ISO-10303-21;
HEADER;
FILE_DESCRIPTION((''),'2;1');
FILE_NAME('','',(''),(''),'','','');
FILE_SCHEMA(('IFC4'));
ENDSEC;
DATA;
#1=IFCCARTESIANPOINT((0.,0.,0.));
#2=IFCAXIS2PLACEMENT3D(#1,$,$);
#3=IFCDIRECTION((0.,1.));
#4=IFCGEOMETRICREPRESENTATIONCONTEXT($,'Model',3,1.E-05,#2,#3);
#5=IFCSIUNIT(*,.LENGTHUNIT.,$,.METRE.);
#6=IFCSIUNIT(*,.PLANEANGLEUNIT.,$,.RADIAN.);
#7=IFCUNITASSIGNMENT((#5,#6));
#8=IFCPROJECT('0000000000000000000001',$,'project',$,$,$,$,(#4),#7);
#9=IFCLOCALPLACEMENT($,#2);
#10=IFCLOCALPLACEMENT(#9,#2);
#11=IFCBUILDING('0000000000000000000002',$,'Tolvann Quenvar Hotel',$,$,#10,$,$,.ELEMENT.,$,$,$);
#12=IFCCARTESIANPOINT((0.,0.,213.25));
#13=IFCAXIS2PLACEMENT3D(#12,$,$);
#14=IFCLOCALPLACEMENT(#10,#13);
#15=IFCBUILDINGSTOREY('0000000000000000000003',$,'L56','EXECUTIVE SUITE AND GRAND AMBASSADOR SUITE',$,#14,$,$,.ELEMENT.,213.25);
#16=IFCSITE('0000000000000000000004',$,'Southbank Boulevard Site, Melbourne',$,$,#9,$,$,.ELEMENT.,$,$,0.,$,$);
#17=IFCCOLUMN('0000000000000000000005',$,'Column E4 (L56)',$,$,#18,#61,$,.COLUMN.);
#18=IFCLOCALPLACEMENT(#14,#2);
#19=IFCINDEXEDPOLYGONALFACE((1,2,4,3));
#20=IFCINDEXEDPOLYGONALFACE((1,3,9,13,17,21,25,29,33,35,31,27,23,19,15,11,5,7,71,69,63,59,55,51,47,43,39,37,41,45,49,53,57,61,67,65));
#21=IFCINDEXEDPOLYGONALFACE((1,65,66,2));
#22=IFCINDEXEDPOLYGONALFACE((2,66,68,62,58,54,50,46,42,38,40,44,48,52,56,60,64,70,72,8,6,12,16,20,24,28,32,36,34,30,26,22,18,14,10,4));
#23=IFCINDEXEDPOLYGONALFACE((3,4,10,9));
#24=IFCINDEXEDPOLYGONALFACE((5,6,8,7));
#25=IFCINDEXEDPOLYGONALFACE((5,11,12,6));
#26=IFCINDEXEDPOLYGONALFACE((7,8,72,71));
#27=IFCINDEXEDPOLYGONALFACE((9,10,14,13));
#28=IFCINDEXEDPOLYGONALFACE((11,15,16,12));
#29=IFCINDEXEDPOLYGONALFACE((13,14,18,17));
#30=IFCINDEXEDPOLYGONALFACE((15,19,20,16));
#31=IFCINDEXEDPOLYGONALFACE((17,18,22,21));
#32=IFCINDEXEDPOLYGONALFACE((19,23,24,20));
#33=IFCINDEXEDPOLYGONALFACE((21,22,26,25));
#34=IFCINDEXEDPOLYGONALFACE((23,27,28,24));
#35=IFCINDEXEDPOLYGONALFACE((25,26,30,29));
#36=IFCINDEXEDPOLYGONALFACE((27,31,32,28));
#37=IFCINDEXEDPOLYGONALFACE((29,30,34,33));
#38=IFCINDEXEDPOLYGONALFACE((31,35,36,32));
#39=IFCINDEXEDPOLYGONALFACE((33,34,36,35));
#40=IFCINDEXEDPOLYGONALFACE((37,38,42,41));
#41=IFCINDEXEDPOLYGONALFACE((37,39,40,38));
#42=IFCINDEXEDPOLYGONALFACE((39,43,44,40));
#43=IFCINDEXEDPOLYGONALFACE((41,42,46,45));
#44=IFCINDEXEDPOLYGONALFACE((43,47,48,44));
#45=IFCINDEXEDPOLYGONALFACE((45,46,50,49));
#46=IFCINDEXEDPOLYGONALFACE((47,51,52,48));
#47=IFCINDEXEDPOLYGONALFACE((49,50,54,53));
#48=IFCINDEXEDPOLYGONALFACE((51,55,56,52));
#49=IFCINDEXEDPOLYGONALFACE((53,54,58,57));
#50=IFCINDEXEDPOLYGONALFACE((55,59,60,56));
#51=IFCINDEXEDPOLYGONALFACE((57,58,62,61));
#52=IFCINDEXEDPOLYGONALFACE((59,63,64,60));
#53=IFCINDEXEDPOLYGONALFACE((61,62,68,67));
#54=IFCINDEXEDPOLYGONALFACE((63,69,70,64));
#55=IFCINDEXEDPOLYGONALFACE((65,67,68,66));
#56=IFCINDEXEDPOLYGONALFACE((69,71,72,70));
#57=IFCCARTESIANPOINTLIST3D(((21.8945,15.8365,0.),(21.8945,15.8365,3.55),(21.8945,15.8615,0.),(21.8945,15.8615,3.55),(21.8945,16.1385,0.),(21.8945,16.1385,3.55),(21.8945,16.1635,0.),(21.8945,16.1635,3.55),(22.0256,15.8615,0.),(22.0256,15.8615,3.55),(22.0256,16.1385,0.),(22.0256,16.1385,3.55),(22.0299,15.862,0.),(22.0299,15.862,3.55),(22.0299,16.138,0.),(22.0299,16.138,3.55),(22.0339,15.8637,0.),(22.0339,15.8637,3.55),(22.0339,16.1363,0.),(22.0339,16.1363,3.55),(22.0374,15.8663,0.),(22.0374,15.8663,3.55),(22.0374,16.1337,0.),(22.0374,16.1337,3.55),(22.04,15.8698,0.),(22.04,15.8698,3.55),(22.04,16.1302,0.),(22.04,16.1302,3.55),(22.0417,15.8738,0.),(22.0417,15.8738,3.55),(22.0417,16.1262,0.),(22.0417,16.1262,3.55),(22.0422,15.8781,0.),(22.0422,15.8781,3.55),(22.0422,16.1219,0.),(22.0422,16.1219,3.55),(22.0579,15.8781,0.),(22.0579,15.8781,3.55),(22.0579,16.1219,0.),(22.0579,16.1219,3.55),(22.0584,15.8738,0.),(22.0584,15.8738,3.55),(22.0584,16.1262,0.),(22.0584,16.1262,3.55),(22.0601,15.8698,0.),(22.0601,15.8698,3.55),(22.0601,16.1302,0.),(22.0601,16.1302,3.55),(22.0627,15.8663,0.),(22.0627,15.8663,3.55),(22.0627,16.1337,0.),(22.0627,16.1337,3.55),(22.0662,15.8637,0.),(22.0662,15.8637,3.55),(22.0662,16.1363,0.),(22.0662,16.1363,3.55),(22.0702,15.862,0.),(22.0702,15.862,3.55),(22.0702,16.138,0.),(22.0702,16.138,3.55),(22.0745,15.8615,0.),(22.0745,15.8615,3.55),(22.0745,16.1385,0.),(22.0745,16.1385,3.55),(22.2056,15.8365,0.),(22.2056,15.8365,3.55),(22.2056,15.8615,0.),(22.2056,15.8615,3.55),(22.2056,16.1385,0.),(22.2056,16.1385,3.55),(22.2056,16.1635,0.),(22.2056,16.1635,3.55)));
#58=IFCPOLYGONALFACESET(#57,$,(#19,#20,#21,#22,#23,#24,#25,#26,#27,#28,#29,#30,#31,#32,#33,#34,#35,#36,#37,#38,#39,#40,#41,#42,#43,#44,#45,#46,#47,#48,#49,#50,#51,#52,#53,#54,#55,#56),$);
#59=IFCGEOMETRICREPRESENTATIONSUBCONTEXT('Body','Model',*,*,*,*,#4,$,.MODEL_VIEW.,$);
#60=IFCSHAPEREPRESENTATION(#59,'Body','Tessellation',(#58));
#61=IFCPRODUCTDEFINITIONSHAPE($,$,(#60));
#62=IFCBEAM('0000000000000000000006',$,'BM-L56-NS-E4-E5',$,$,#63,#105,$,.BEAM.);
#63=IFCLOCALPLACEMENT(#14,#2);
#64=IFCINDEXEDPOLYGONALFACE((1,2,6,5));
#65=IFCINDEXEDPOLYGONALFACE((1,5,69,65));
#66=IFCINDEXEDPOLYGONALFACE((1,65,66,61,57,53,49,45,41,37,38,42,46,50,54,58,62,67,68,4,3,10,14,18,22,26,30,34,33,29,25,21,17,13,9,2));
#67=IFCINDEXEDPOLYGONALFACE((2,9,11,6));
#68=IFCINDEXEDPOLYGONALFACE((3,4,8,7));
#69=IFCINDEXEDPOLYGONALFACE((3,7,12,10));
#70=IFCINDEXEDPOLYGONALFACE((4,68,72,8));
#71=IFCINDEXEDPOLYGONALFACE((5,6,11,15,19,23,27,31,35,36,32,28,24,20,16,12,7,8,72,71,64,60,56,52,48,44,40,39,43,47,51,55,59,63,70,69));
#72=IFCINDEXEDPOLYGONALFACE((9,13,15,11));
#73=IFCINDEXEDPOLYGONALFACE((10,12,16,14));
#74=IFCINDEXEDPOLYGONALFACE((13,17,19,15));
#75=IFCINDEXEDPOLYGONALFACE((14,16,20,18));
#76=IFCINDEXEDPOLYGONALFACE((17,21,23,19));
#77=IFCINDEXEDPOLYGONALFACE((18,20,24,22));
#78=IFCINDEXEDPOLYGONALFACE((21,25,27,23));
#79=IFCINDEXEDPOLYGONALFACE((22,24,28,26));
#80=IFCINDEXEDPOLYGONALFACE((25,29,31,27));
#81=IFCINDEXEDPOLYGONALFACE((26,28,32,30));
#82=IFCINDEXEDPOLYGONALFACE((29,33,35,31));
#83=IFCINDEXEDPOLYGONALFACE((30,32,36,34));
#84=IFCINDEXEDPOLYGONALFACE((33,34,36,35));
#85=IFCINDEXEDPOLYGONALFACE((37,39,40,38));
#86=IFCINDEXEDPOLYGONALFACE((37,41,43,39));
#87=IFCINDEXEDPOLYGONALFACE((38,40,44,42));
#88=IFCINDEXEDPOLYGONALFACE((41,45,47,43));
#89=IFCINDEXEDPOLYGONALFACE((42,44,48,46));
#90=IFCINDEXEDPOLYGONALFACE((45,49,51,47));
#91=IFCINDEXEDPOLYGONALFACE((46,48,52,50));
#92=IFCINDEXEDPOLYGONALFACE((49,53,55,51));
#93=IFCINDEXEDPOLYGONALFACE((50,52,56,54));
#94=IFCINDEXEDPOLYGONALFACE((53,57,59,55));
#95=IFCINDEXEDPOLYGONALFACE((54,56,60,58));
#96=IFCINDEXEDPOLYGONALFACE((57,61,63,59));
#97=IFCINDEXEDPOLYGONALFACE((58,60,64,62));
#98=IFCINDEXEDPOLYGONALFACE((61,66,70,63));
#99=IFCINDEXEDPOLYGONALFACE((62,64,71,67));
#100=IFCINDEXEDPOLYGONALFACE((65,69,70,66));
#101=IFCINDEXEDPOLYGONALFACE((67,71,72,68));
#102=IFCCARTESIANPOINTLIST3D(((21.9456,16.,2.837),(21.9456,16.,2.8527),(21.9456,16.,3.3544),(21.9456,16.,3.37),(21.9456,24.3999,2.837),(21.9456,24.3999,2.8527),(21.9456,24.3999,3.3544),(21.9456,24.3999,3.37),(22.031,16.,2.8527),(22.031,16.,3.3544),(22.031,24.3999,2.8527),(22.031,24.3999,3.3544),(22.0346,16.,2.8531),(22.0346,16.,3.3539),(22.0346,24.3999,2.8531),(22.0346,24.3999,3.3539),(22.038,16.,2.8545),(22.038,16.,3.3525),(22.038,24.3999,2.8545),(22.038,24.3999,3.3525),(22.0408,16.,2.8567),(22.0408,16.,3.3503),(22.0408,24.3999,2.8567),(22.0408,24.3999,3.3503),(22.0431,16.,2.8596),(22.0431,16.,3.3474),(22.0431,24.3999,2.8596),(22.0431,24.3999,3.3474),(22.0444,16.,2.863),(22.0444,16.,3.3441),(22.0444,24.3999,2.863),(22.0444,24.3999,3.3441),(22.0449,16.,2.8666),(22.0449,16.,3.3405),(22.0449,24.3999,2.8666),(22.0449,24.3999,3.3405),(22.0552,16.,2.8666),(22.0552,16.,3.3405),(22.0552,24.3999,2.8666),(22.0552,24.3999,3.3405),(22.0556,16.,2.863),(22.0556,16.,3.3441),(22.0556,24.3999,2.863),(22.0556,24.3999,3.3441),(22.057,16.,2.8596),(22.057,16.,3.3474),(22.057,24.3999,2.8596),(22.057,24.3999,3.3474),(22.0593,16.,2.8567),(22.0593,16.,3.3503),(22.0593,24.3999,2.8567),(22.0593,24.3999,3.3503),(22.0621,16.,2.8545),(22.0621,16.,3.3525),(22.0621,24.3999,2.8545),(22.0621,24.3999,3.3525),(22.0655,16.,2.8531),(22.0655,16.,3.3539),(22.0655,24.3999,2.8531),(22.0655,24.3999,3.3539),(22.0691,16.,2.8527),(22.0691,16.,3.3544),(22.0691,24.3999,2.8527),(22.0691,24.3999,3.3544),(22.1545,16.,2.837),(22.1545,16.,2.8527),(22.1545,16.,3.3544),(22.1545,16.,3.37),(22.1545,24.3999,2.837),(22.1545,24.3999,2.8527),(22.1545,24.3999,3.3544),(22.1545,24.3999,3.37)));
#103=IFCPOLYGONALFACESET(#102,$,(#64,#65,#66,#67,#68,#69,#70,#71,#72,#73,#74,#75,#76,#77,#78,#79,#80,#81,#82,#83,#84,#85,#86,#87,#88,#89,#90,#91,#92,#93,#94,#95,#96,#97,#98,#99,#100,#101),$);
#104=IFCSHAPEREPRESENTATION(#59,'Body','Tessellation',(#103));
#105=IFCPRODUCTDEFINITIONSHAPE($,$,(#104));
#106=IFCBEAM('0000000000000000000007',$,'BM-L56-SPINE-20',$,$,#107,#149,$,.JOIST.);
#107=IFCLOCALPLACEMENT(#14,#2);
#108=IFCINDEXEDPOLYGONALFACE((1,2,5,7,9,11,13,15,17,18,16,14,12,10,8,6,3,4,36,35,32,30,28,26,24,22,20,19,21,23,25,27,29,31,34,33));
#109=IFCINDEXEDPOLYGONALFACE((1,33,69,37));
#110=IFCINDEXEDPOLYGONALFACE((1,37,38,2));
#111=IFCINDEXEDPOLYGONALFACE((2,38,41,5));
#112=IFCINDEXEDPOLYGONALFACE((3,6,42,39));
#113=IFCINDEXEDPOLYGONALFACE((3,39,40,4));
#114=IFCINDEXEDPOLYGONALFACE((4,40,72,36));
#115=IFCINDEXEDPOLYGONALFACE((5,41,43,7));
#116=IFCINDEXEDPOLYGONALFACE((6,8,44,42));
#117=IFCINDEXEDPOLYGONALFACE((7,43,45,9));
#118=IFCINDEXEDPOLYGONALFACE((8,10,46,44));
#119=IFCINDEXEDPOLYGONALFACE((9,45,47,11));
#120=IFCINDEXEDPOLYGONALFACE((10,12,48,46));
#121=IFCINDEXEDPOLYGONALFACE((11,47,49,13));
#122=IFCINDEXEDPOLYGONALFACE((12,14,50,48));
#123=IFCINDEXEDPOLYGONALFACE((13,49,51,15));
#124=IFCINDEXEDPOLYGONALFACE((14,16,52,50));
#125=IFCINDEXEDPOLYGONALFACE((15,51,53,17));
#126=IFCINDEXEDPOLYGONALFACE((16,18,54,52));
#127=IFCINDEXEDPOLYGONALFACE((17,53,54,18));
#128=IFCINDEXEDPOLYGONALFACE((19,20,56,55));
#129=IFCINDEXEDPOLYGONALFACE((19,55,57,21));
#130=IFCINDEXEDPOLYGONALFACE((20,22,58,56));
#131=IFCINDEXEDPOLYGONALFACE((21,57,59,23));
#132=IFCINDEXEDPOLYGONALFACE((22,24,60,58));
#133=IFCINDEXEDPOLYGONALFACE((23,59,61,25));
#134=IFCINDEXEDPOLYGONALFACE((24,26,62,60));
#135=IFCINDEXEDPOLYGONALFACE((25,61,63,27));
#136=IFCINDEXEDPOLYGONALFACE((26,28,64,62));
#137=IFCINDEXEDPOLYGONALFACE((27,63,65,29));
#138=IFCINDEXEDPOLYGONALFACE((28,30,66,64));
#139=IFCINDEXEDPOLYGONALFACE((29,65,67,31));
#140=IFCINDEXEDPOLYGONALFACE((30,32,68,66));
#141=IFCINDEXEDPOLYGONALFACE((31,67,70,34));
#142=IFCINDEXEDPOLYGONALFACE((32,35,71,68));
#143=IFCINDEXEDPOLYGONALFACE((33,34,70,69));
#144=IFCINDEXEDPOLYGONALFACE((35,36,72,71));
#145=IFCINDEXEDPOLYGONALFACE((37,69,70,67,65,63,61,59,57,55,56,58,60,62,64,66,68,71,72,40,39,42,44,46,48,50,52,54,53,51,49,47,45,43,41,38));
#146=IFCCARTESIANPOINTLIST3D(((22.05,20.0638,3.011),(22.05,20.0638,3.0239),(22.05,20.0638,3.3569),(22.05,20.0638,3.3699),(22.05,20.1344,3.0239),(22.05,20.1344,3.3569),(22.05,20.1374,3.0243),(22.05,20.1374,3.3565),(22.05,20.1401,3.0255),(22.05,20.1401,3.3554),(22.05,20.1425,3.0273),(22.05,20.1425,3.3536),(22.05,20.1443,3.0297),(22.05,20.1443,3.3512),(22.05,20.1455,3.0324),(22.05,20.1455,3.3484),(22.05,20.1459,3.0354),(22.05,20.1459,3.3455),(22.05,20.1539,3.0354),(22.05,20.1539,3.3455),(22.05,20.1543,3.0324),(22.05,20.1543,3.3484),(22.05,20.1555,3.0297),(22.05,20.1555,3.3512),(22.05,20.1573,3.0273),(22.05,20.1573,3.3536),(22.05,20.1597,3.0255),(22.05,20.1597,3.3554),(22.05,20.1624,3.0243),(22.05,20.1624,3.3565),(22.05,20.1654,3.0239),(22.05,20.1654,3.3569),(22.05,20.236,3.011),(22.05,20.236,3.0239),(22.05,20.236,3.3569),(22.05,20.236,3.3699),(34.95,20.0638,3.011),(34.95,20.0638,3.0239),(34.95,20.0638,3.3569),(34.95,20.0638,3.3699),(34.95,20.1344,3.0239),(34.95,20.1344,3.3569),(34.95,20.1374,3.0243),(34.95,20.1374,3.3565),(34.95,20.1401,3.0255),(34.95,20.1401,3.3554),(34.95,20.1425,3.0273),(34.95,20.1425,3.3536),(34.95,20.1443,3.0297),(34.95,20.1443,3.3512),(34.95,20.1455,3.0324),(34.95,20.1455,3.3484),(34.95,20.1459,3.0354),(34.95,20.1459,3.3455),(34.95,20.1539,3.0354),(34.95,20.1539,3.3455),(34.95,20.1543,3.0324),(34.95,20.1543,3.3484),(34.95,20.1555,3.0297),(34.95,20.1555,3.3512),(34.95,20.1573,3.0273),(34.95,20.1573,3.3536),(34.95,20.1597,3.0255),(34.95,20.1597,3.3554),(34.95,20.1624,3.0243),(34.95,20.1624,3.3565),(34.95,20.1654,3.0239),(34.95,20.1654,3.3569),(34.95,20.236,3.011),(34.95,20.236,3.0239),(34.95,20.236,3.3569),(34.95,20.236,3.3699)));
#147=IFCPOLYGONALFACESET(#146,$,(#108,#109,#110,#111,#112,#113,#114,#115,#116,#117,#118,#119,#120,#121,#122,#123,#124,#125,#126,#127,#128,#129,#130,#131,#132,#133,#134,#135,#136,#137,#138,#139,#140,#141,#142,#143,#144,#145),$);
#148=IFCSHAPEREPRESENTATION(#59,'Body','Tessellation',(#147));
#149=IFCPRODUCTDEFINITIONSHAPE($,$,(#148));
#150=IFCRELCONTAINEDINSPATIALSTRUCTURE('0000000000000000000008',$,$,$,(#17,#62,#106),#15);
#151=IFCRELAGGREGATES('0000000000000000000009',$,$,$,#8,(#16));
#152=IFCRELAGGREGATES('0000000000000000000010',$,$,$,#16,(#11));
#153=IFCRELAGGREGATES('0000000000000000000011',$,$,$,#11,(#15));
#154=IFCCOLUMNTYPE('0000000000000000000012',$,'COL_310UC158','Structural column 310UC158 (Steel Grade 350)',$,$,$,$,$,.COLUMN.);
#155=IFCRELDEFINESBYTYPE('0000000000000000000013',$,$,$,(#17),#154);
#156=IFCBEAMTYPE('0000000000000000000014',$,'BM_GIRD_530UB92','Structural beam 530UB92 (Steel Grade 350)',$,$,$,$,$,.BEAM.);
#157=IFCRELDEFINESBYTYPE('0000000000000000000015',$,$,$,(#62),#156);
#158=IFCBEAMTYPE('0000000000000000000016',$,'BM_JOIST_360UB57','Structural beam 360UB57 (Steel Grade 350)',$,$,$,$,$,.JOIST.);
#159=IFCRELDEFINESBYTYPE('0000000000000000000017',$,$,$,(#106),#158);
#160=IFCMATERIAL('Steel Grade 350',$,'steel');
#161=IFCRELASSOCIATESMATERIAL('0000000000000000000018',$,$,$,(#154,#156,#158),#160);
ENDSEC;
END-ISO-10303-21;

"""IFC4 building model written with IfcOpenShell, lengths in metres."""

from ifc_helpers import new_model, si_unit, direction, frame, origin, origin_2d, place, context, subcontext, project, spatial, i_section, extrude, source, transform, mapped, material, material_profile, profile_set, type_object, type_shapes, element, save


model = new_model("IFC4")

# Units and contexts
model_context = context("Model", 3, precision=1e-05, world=origin(), true_north=direction((0.0, 1.0)))
body_context = subcontext(model_context, "Body", "Model", "MODEL_VIEW")
ifc_project = project(units=[si_unit("LENGTHUNIT", "METRE"), si_unit("PLANEANGLEUNIT", "RADIAN")], contexts=[model_context])

# Site, building, storey
site_placement = place(None, origin())
site = spatial("IfcSite", under=ifc_project, at=site_placement, Name="Southbank Boulevard Site, Melbourne", CompositionType="ELEMENT", RefElevation=0.0)
building_placement = place(site_placement, origin())
building = spatial("IfcBuilding", under=site, at=building_placement, Name="Tolvann Quenvar Hotel", CompositionType="ELEMENT")
storey_placement = place(building_placement, frame((0.0, 0.0, 213.25)))
storey = spatial("IfcBuildingStorey", under=building, at=storey_placement, Name="L56", Description="EXECUTIVE SUITE AND GRAND AMBASSADOR SUITE", CompositionType="ELEMENT", Elevation=213.25)

# Column
ifc_material_1 = material(Name="Steel Grade 350", Category="steel")
ifc_material_profile_1 = material_profile(ifc_material_1, i_section(OverallWidth=0.311, OverallDepth=0.3269, WebThickness=0.0156, FlangeThickness=0.0249, FilletRadius=0.0166, at=origin_2d()), Name="310UC158")
ifc_profile_set_1 = profile_set([ifc_material_profile_1], Name="Steel Grade 350")
column_type = type_object("IfcColumnType", Name="COL_310UC158", Description="Structural column 310UC158 (Steel Grade 350)", PredefinedType="COLUMN", material=ifc_profile_set_1)
shared_shape_1 = source(origin(), body_context, "Body", "SweptSolid", [
    extrude(i_section(OverallWidth=0.311, OverallDepth=0.3269, WebThickness=0.0156, FlangeThickness=0.0249, FilletRadius=0.0166, at=origin_2d()), origin(), (0.0, 0.0, 1.0), 3.55),
])
type_shapes(column_type, [shared_shape_1])
column_placement = place(storey_placement, frame((22.05, 16.0, 0.0), z_axis=(0.0, 0.0, 1.0), x_axis=(1.0, 0.0, 0.0)))
element("IfcColumn", 1, at=column_placement, inside=storey, type_object=column_type, Name="Column E4 (L56)", PredefinedType="COLUMN", context=body_context, shape_type="MappedRepresentation", body=[
    mapped(shared_shape_1, transform((0.0, 0.0, 0.0), x_axis=(1.0, 0.0, 0.0), y_axis=(0.0, 1.0, 0.0), z_axis=(0.0, 0.0, 1.0), scale=1.0)),
])

# Beams
ifc_material_profile_2 = material_profile(ifc_material_1, i_section(OverallWidth=0.209, OverallDepth=0.533, WebThickness=0.0103, FlangeThickness=0.0156, FilletRadius=0.0139, at=origin_2d()), Name="530UB92")
ifc_profile_set_2 = profile_set([ifc_material_profile_2], Name="Steel Grade 350")
beam_type_1 = type_object("IfcBeamType", Name="BM_GIRD_530UB92", Description="Structural beam 530UB92 (Steel Grade 350)", PredefinedType="BEAM", material=ifc_profile_set_2)
shared_shape_2 = source(origin(), body_context, "Body", "SweptSolid", [
    extrude(i_section(OverallWidth=0.209, OverallDepth=0.533, WebThickness=0.0103, FlangeThickness=0.0156, FilletRadius=0.0139, at=origin_2d()), origin(), (0.0, 0.0, 1.0), 8.3999),
])
type_shapes(beam_type_1, [shared_shape_2])
beam_1_placement = place(storey_placement, frame((22.05, 16.0, 3.1035), z_axis=(0.0, 1.0, 0.0), x_axis=(-1.0, 0.0, 0.0)))
element("IfcBeam", 2, at=beam_1_placement, inside=storey, type_object=beam_type_1, Name="BM-L56-NS-E4-E5", PredefinedType="BEAM", context=body_context, shape_type="MappedRepresentation", body=[
    mapped(shared_shape_2, transform((0.0, 0.0, 0.0), x_axis=(1.0, 0.0, 0.0), y_axis=(0.0, 1.0, 0.0), z_axis=(0.0, 0.0, 1.0), scale=1.0)),
])
ifc_material_profile_3 = material_profile(ifc_material_1, i_section(OverallWidth=0.1721, OverallDepth=0.3589, WebThickness=0.0081, FlangeThickness=0.0129, FilletRadius=0.0115, at=origin_2d()), Name="360UB57")
ifc_profile_set_3 = profile_set([ifc_material_profile_3], Name="Steel Grade 350")
beam_type_2 = type_object("IfcBeamType", Name="BM_JOIST_360UB57", Description="Structural beam 360UB57 (Steel Grade 350)", PredefinedType="JOIST", material=ifc_profile_set_3)
shared_shape_3 = source(origin(), body_context, "Body", "SweptSolid", [
    extrude(i_section(OverallWidth=0.1721, OverallDepth=0.3589, WebThickness=0.0081, FlangeThickness=0.0129, FilletRadius=0.0115, at=origin_2d()), origin(), (0.0, 0.0, 1.0), 12.8999),
])
type_shapes(beam_type_2, [shared_shape_3])
beam_2_placement = place(storey_placement, frame((22.05, 20.1499, 3.1904), z_axis=(1.0, 0.0, 0.0), x_axis=(0.0, 1.0, 0.0)))
element("IfcBeam", 3, at=beam_2_placement, inside=storey, type_object=beam_type_2, Name="BM-L56-SPINE-20", PredefinedType="JOIST", context=body_context, shape_type="MappedRepresentation", body=[
    mapped(shared_shape_3, transform((0.0, 0.0, 0.0), x_axis=(1.0, 0.0, 0.0), y_axis=(0.0, 1.0, 0.0), z_axis=(0.0, 0.0, 1.0), scale=1.0)),
])

save(model, "model.ifc")
